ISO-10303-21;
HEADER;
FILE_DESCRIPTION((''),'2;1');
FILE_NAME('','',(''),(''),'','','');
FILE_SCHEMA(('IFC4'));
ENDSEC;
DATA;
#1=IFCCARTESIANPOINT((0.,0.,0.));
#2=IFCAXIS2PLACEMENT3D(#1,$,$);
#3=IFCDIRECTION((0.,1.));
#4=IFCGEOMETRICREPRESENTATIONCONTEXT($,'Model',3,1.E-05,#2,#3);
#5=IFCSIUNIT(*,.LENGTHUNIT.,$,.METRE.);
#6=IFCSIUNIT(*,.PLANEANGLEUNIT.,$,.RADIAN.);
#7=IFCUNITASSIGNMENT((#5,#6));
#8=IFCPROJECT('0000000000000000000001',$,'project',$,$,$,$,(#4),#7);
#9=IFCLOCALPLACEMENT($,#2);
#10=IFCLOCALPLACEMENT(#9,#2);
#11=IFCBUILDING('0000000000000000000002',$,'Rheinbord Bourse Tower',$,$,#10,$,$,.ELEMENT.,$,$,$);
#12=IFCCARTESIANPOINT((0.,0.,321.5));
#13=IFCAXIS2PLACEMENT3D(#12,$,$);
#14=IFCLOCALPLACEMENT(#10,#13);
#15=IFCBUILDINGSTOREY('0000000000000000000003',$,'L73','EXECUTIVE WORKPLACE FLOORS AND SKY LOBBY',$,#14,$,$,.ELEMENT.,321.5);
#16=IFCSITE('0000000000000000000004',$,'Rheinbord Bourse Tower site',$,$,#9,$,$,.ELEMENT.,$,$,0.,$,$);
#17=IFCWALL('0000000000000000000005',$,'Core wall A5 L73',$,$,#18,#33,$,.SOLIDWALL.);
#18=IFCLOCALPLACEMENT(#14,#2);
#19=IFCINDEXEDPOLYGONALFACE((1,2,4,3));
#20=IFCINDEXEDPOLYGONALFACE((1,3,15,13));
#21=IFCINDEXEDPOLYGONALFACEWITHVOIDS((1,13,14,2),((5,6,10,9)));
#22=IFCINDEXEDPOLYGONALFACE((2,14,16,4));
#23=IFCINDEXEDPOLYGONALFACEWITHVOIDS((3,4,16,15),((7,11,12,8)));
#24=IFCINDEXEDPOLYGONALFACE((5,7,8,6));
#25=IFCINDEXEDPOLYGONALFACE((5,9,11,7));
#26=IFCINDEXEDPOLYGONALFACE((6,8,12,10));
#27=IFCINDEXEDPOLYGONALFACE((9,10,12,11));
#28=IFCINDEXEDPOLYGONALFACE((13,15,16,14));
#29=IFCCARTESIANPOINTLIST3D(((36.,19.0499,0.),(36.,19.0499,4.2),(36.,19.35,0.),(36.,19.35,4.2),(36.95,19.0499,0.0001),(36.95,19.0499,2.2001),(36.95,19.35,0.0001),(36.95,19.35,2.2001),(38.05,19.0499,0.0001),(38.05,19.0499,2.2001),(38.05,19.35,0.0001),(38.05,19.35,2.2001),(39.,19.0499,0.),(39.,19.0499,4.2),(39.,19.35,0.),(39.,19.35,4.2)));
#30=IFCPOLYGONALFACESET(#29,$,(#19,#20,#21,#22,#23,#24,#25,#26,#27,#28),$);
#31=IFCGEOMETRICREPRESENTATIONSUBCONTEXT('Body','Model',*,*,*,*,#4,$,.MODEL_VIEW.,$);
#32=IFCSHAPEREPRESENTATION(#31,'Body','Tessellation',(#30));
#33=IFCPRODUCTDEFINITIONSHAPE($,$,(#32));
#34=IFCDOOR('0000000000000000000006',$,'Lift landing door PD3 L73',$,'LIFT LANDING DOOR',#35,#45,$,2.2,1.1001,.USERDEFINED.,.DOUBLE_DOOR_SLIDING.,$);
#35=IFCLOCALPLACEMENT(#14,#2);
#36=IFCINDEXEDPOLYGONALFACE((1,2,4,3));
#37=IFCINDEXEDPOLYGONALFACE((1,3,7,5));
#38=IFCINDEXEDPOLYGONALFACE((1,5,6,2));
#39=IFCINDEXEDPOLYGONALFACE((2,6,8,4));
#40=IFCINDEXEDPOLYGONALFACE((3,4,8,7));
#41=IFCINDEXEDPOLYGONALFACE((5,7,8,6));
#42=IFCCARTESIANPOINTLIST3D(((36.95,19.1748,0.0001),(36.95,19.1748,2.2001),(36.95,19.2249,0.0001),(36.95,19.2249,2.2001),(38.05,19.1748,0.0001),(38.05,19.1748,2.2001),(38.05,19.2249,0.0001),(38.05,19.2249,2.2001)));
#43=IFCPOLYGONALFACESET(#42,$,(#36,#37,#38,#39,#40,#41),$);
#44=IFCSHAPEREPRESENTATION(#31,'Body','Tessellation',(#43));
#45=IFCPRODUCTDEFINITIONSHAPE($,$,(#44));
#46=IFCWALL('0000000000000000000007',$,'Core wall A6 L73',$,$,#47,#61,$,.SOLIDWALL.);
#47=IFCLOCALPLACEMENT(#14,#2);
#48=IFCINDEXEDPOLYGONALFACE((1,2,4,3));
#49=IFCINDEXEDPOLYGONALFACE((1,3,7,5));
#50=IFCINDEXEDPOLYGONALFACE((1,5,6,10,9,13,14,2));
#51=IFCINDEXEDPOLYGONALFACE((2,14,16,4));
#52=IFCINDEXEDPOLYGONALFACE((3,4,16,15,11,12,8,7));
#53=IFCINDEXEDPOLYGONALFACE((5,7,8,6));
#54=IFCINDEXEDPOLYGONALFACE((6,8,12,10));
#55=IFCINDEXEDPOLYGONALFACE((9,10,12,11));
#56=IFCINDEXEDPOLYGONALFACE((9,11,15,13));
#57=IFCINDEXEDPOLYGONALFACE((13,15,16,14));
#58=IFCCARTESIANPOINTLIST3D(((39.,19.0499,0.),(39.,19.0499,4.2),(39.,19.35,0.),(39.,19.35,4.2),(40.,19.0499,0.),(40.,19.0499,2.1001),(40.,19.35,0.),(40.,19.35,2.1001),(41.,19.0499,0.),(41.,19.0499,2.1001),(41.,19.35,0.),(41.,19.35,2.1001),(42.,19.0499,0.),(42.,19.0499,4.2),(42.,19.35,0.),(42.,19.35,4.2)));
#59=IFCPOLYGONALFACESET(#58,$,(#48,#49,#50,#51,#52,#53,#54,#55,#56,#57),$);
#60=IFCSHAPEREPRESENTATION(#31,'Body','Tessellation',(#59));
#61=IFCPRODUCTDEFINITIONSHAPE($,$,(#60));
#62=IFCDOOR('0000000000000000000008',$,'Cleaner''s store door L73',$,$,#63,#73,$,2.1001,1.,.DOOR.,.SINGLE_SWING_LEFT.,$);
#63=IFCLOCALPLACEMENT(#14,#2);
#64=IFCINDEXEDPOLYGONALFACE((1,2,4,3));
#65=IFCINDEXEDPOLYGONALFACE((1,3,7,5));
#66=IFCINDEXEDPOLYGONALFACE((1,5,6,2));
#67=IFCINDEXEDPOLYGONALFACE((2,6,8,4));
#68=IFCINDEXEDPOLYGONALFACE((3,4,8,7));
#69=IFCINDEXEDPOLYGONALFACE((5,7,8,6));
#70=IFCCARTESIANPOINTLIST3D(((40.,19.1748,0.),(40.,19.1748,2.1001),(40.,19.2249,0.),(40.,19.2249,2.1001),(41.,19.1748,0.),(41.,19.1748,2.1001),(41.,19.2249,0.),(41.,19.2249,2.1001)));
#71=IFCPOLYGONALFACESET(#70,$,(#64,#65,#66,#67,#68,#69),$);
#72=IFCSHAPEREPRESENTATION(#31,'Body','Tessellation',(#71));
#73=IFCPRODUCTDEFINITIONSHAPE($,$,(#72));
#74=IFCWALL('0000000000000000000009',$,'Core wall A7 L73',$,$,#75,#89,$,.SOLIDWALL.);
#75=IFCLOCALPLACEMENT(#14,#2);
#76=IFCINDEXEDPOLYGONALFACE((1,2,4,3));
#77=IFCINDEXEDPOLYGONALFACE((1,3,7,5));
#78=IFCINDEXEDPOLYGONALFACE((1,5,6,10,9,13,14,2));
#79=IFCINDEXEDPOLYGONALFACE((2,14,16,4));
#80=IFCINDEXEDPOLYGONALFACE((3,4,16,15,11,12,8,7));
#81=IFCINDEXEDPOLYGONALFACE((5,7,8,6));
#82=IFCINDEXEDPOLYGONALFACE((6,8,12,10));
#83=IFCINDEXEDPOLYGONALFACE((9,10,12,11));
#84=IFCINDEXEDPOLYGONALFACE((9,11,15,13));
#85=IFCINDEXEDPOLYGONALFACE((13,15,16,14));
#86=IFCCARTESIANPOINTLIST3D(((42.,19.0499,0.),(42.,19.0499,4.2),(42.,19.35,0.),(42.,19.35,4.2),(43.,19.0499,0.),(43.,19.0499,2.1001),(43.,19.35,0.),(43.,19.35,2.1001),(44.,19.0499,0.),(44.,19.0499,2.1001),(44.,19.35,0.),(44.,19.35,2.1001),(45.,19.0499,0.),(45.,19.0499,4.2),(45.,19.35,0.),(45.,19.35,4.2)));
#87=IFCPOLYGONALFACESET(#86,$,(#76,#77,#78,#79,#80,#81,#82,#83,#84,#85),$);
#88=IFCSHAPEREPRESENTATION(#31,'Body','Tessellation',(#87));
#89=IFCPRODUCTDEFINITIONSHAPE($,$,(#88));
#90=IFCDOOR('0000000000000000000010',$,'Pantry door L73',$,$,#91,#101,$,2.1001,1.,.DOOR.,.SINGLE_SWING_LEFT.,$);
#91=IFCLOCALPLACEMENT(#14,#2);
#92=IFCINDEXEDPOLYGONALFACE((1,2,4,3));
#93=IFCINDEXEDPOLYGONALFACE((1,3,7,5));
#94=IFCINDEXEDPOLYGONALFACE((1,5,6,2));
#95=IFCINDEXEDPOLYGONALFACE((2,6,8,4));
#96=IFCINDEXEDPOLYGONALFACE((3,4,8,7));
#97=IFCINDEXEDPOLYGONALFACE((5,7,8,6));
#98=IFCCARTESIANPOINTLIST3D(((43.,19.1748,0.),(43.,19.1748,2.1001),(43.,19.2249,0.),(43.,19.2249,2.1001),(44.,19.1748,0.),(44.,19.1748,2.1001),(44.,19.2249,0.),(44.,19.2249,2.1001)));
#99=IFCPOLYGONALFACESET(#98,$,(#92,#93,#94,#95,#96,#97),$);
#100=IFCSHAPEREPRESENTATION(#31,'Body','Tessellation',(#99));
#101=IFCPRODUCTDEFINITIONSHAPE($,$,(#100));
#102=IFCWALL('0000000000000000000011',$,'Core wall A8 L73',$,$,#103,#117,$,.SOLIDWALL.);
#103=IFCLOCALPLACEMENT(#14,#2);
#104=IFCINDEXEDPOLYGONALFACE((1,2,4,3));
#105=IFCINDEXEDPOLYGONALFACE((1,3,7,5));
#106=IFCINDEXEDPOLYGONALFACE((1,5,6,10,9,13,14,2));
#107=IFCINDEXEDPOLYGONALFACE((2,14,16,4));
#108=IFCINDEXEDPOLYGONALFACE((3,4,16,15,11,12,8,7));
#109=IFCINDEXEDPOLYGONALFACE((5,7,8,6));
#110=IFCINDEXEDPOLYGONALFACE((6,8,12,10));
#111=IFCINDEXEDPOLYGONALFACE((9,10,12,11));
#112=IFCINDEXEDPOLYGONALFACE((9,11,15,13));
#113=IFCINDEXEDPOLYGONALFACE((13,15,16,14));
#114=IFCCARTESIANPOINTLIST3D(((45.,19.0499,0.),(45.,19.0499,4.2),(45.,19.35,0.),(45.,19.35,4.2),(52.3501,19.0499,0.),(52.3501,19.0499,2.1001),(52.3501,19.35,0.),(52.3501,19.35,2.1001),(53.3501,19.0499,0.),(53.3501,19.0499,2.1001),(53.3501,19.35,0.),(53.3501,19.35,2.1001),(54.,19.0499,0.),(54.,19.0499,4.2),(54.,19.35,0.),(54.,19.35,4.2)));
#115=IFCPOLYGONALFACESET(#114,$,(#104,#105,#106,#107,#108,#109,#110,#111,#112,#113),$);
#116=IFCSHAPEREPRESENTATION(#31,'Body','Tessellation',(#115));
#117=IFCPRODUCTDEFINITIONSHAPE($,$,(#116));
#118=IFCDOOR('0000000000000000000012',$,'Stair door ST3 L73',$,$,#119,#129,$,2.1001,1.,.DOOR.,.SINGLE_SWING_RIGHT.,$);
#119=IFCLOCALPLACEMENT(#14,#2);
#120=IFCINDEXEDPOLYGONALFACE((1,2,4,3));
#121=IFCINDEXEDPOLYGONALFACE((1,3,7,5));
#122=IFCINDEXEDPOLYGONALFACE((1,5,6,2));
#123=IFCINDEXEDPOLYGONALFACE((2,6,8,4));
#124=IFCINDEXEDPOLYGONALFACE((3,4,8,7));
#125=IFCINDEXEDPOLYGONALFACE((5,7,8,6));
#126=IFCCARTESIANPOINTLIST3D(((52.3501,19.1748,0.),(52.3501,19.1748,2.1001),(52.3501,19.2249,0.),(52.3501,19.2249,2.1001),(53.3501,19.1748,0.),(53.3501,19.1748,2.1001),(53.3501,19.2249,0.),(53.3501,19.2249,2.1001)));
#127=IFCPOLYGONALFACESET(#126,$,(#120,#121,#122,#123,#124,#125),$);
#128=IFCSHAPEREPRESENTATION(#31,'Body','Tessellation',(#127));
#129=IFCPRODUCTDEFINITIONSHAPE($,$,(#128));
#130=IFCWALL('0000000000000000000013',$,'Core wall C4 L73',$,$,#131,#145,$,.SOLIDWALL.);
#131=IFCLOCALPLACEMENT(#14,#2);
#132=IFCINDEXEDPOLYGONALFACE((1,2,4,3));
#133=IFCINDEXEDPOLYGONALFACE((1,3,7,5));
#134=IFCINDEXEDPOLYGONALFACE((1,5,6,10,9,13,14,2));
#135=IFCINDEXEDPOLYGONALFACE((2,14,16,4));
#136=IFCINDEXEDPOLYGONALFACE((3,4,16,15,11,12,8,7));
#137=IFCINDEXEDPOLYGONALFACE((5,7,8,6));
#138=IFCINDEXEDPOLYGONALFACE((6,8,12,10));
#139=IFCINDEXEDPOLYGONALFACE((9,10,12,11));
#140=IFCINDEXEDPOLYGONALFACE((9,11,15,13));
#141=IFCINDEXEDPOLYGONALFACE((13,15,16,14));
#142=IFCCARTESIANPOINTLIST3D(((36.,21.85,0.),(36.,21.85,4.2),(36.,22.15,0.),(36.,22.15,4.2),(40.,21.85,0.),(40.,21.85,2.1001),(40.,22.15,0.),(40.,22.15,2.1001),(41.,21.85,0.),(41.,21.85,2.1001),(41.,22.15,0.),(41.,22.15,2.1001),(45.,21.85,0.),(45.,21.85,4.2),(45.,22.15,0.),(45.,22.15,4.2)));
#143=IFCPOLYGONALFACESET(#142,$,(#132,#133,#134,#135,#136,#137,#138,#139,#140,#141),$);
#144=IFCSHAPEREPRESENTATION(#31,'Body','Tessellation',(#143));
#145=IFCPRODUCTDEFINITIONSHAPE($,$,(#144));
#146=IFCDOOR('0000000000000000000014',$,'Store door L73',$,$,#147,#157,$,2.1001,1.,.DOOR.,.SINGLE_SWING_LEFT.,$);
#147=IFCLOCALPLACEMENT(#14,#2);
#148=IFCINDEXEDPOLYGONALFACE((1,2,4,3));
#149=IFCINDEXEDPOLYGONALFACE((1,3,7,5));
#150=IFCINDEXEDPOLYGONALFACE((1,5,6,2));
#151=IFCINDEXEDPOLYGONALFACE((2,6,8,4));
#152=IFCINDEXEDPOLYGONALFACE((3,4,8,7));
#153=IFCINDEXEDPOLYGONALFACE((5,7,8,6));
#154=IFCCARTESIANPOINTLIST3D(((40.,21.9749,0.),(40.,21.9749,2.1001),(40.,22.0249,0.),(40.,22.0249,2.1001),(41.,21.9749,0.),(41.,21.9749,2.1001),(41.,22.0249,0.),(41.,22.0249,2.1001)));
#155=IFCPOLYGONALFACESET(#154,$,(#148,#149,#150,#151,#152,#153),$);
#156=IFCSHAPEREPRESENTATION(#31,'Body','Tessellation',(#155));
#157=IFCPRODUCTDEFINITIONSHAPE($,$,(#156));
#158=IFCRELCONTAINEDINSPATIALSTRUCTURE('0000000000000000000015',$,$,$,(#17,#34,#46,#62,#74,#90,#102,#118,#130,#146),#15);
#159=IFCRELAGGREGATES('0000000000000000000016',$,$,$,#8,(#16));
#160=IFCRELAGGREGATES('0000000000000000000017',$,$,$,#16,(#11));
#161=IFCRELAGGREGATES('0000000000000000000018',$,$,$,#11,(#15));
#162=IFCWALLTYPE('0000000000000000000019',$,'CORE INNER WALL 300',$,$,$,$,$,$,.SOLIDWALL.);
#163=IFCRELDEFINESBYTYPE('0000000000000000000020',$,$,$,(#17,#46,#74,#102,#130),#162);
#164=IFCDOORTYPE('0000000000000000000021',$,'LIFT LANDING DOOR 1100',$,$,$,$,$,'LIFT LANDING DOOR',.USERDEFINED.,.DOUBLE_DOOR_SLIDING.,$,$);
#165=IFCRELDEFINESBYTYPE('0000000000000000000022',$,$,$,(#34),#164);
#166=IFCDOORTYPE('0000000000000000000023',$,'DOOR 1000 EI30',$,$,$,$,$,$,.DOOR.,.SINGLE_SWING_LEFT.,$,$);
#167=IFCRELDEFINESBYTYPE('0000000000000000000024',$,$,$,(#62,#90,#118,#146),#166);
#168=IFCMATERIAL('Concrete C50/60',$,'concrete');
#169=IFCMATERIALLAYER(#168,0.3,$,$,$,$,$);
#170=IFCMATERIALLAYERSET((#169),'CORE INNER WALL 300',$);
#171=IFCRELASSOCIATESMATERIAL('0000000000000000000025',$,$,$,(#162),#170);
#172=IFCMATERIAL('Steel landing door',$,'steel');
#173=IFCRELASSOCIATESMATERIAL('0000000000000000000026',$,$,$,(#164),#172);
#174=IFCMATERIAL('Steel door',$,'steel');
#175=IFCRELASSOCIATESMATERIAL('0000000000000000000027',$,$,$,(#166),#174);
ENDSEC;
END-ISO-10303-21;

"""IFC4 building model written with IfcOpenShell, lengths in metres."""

from ifc_helpers import new_model, si_unit, direction, frame, frame_2d, origin, place, context, subcontext, project, spatial, rectangle, extrude, material, layer, layer_set, type_object, element, fill, save


model = new_model("IFC4")

# Units and contexts
model_context = context("Model", 3, precision=1e-05, world=origin(), true_north=direction((0.0, 1.0)))
body_context = subcontext(model_context, "Body", "Model", "MODEL_VIEW")
ifc_project = project(units=[si_unit("LENGTHUNIT", "METRE"), si_unit("PLANEANGLEUNIT", "RADIAN")], contexts=[model_context])

# Site, building, storey
site_placement = place(None, origin())
site = spatial("IfcSite", under=ifc_project, at=site_placement, Name="Rheinbord Bourse Tower site", CompositionType="ELEMENT", RefElevation=0.0)
building_placement = place(site_placement, origin())
building = spatial("IfcBuilding", under=site, at=building_placement, Name="Rheinbord Bourse Tower", CompositionType="ELEMENT")
storey_placement = place(building_placement, frame((0.0, 0.0, 321.5)))
storey = spatial("IfcBuildingStorey", under=building, at=storey_placement, Name="L73", Description="EXECUTIVE WORKPLACE FLOORS AND SKY LOBBY", CompositionType="ELEMENT", Elevation=321.5)

# Walls, openings, doors
ifc_material_1 = material(Name="Concrete C50/60", Category="concrete")
ifc_layer_1 = layer(ifc_material_1, 0.3)
ifc_layer_set_1 = layer_set([ifc_layer_1], Name="CORE INNER WALL 300")
wall_type_1 = type_object("IfcWallType", Name="CORE INNER WALL 300", PredefinedType="SOLIDWALL", material=ifc_layer_set_1)
wall_1_placement = place(storey_placement, frame((36.0, 19.2, 0.0), z_axis=(0.0, 0.0, 1.0), x_axis=(1.0, 0.0, 0.0)))
wall_1 = element("IfcWall", 1, at=wall_1_placement, inside=storey, type_object=wall_type_1, Name="Core wall A5 L73", PredefinedType="SOLIDWALL", context=body_context, shape_type="SweptSolid", body=[
    extrude(rectangle(XDim=3.0, YDim=0.3, at=frame_2d((1.5, 0.0))), origin(), (0.0, 0.0, 1.0), 4.2),
])
opening_1_placement = place(wall_1_placement, frame((0.95, 0.0, 0.0)))
opening_1 = element("IfcOpeningElement", 2, at=opening_1_placement, cuts=wall_1, PredefinedType="OPENING", context=body_context, shape_type="SweptSolid", body=[
    extrude(rectangle(XDim=1.1001, YDim=2.2, at=frame_2d((0.55, 1.1001))), frame((0.0, 0.1599, 0.0), z_axis=(0.0, -1.0, 0.0), x_axis=(1.0, 0.0, 0.0)), (0.0, 0.0, 1.0), 0.3201),
])
ifc_material_2 = material(Name="Steel landing door", Category="steel")
door_type_1 = type_object("IfcDoorType", Name="LIFT LANDING DOOR 1100", ElementType="LIFT LANDING DOOR", OperationType="DOUBLE_DOOR_SLIDING", PredefinedType="USERDEFINED", material=ifc_material_2)
door_1_placement = place(opening_1_placement, origin())
door_1 = element("IfcDoor", 3, at=door_1_placement, inside=storey, type_object=door_type_1, Name="Lift landing door PD3 L73", ObjectType="LIFT LANDING DOOR", OperationType="DOUBLE_DOOR_SLIDING", OverallHeight=2.2, OverallWidth=1.1001, PredefinedType="USERDEFINED", context=body_context, shape_type="SweptSolid", body=[
    extrude(rectangle(XDim=1.1001, YDim=2.2, at=frame_2d((0.55, 1.1001))), frame((0.0, 0.0249, 0.0), z_axis=(0.0, -1.0, 0.0), x_axis=(1.0, 0.0, 0.0)), (0.0, 0.0, 1.0), 0.05),
])
fill(opening_1, door_1)
wall_2_placement = place(storey_placement, frame((39.0, 19.2, 0.0), z_axis=(0.0, 0.0, 1.0), x_axis=(1.0, 0.0, 0.0)))
wall_2 = element("IfcWall", 4, at=wall_2_placement, inside=storey, type_object=wall_type_1, Name="Core wall A6 L73", PredefinedType="SOLIDWALL", context=body_context, shape_type="SweptSolid", body=[
    extrude(rectangle(XDim=3.0, YDim=0.3, at=frame_2d((1.5, 0.0))), origin(), (0.0, 0.0, 1.0), 4.2),
])
opening_2_placement = place(wall_2_placement, frame((1.0, 0.0, 0.0)))
opening_2 = element("IfcOpeningElement", 5, at=opening_2_placement, cuts=wall_2, PredefinedType="OPENING", context=body_context, shape_type="SweptSolid", body=[
    extrude(rectangle(XDim=1.0, YDim=2.1001, at=frame_2d((0.5, 1.05))), frame((0.0, 0.1599, 0.0), z_axis=(0.0, -1.0, 0.0), x_axis=(1.0, 0.0, 0.0)), (0.0, 0.0, 1.0), 0.3201),
])
ifc_material_3 = material(Name="Steel door", Category="steel")
door_type_2 = type_object("IfcDoorType", Name="DOOR 1000 EI30", OperationType="SINGLE_SWING_LEFT", PredefinedType="DOOR", material=ifc_material_3)
door_2_placement = place(opening_2_placement, origin())
door_2 = element("IfcDoor", 6, at=door_2_placement, inside=storey, type_object=door_type_2, Name="Cleaner's store door L73", OperationType="SINGLE_SWING_LEFT", OverallHeight=2.1001, OverallWidth=1.0, PredefinedType="DOOR", context=body_context, shape_type="SweptSolid", body=[
    extrude(rectangle(XDim=1.0, YDim=2.1001, at=frame_2d((0.5, 1.05))), frame((0.0, 0.0249, 0.0), z_axis=(0.0, -1.0, 0.0), x_axis=(1.0, 0.0, 0.0)), (0.0, 0.0, 1.0), 0.05),
])
fill(opening_2, door_2)
wall_3_placement = place(storey_placement, frame((42.0, 19.2, 0.0), z_axis=(0.0, 0.0, 1.0), x_axis=(1.0, 0.0, 0.0)))
wall_3 = element("IfcWall", 7, at=wall_3_placement, inside=storey, type_object=wall_type_1, Name="Core wall A7 L73", PredefinedType="SOLIDWALL", context=body_context, shape_type="SweptSolid", body=[
    extrude(rectangle(XDim=3.0, YDim=0.3, at=frame_2d((1.5, 0.0))), origin(), (0.0, 0.0, 1.0), 4.2),
])
opening_3_placement = place(wall_3_placement, frame((1.0, 0.0, 0.0)))
opening_3 = element("IfcOpeningElement", 8, at=opening_3_placement, cuts=wall_3, PredefinedType="OPENING", context=body_context, shape_type="SweptSolid", body=[
    extrude(rectangle(XDim=1.0, YDim=2.1001, at=frame_2d((0.5, 1.05))), frame((0.0, 0.1599, 0.0), z_axis=(0.0, -1.0, 0.0), x_axis=(1.0, 0.0, 0.0)), (0.0, 0.0, 1.0), 0.3201),
])
door_3_placement = place(opening_3_placement, origin())
door_3 = element("IfcDoor", 9, at=door_3_placement, inside=storey, type_object=door_type_2, Name="Pantry door L73", OperationType="SINGLE_SWING_LEFT", OverallHeight=2.1001, OverallWidth=1.0, PredefinedType="DOOR", context=body_context, shape_type="SweptSolid", body=[
    extrude(rectangle(XDim=1.0, YDim=2.1001, at=frame_2d((0.5, 1.05))), frame((0.0, 0.0249, 0.0), z_axis=(0.0, -1.0, 0.0), x_axis=(1.0, 0.0, 0.0)), (0.0, 0.0, 1.0), 0.05),
])
fill(opening_3, door_3)
wall_4_placement = place(storey_placement, frame((45.0, 19.2, 0.0), z_axis=(0.0, 0.0, 1.0), x_axis=(1.0, 0.0, 0.0)))
wall_4 = element("IfcWall", 10, at=wall_4_placement, inside=storey, type_object=wall_type_1, Name="Core wall A8 L73", PredefinedType="SOLIDWALL", context=body_context, shape_type="SweptSolid", body=[
    extrude(rectangle(XDim=9.0, YDim=0.3, at=frame_2d((4.5, 0.0))), origin(), (0.0, 0.0, 1.0), 4.2),
])
opening_4_placement = place(wall_4_placement, frame((7.3501, 0.0, 0.0)))
opening_4 = element("IfcOpeningElement", 11, at=opening_4_placement, cuts=wall_4, PredefinedType="OPENING", context=body_context, shape_type="SweptSolid", body=[
    extrude(rectangle(XDim=1.0, YDim=2.1001, at=frame_2d((0.5, 1.05))), frame((0.0, 0.1599, 0.0), z_axis=(0.0, -1.0, 0.0), x_axis=(1.0, 0.0, 0.0)), (0.0, 0.0, 1.0), 0.3201),
])
door_4_placement = place(opening_4_placement, origin())
door_4 = element("IfcDoor", 12, at=door_4_placement, inside=storey, type_object=door_type_2, Name="Stair door ST3 L73", OperationType="SINGLE_SWING_RIGHT", OverallHeight=2.1001, OverallWidth=1.0, PredefinedType="DOOR", context=body_context, shape_type="SweptSolid", body=[
    extrude(rectangle(XDim=1.0, YDim=2.1001, at=frame_2d((0.5, 1.05))), frame((0.0, 0.0249, 0.0), z_axis=(0.0, -1.0, 0.0), x_axis=(1.0, 0.0, 0.0)), (0.0, 0.0, 1.0), 0.05),
])
fill(opening_4, door_4)
wall_5_placement = place(storey_placement, frame((36.0, 22.0, 0.0), z_axis=(0.0, 0.0, 1.0), x_axis=(1.0, 0.0, 0.0)))
wall_5 = element("IfcWall", 13, at=wall_5_placement, inside=storey, type_object=wall_type_1, Name="Core wall C4 L73", PredefinedType="SOLIDWALL", context=body_context, shape_type="SweptSolid", body=[
    extrude(rectangle(XDim=9.0, YDim=0.3, at=frame_2d((4.5, 0.0))), origin(), (0.0, 0.0, 1.0), 4.2),
])
opening_5_placement = place(wall_5_placement, frame((4.0, 0.0, 0.0)))
opening_5 = element("IfcOpeningElement", 14, at=opening_5_placement, cuts=wall_5, PredefinedType="OPENING", context=body_context, shape_type="SweptSolid", body=[
    extrude(rectangle(XDim=1.0, YDim=2.1001, at=frame_2d((0.5, 1.05))), frame((0.0, 0.1599, 0.0), z_axis=(0.0, -1.0, 0.0), x_axis=(1.0, 0.0, 0.0)), (0.0, 0.0, 1.0), 0.3201),
])
door_5_placement = place(opening_5_placement, origin())
door_5 = element("IfcDoor", 15, at=door_5_placement, inside=storey, type_object=door_type_2, Name="Store door L73", OperationType="SINGLE_SWING_LEFT", OverallHeight=2.1001, OverallWidth=1.0, PredefinedType="DOOR", context=body_context, shape_type="SweptSolid", body=[
    extrude(rectangle(XDim=1.0, YDim=2.1001, at=frame_2d((0.5, 1.05))), frame((0.0, 0.0249, 0.0), z_axis=(0.0, -1.0, 0.0), x_axis=(1.0, 0.0, 0.0)), (0.0, 0.0, 1.0), 0.05),
])
fill(opening_5, door_5)

save(model, "model.ifc")
